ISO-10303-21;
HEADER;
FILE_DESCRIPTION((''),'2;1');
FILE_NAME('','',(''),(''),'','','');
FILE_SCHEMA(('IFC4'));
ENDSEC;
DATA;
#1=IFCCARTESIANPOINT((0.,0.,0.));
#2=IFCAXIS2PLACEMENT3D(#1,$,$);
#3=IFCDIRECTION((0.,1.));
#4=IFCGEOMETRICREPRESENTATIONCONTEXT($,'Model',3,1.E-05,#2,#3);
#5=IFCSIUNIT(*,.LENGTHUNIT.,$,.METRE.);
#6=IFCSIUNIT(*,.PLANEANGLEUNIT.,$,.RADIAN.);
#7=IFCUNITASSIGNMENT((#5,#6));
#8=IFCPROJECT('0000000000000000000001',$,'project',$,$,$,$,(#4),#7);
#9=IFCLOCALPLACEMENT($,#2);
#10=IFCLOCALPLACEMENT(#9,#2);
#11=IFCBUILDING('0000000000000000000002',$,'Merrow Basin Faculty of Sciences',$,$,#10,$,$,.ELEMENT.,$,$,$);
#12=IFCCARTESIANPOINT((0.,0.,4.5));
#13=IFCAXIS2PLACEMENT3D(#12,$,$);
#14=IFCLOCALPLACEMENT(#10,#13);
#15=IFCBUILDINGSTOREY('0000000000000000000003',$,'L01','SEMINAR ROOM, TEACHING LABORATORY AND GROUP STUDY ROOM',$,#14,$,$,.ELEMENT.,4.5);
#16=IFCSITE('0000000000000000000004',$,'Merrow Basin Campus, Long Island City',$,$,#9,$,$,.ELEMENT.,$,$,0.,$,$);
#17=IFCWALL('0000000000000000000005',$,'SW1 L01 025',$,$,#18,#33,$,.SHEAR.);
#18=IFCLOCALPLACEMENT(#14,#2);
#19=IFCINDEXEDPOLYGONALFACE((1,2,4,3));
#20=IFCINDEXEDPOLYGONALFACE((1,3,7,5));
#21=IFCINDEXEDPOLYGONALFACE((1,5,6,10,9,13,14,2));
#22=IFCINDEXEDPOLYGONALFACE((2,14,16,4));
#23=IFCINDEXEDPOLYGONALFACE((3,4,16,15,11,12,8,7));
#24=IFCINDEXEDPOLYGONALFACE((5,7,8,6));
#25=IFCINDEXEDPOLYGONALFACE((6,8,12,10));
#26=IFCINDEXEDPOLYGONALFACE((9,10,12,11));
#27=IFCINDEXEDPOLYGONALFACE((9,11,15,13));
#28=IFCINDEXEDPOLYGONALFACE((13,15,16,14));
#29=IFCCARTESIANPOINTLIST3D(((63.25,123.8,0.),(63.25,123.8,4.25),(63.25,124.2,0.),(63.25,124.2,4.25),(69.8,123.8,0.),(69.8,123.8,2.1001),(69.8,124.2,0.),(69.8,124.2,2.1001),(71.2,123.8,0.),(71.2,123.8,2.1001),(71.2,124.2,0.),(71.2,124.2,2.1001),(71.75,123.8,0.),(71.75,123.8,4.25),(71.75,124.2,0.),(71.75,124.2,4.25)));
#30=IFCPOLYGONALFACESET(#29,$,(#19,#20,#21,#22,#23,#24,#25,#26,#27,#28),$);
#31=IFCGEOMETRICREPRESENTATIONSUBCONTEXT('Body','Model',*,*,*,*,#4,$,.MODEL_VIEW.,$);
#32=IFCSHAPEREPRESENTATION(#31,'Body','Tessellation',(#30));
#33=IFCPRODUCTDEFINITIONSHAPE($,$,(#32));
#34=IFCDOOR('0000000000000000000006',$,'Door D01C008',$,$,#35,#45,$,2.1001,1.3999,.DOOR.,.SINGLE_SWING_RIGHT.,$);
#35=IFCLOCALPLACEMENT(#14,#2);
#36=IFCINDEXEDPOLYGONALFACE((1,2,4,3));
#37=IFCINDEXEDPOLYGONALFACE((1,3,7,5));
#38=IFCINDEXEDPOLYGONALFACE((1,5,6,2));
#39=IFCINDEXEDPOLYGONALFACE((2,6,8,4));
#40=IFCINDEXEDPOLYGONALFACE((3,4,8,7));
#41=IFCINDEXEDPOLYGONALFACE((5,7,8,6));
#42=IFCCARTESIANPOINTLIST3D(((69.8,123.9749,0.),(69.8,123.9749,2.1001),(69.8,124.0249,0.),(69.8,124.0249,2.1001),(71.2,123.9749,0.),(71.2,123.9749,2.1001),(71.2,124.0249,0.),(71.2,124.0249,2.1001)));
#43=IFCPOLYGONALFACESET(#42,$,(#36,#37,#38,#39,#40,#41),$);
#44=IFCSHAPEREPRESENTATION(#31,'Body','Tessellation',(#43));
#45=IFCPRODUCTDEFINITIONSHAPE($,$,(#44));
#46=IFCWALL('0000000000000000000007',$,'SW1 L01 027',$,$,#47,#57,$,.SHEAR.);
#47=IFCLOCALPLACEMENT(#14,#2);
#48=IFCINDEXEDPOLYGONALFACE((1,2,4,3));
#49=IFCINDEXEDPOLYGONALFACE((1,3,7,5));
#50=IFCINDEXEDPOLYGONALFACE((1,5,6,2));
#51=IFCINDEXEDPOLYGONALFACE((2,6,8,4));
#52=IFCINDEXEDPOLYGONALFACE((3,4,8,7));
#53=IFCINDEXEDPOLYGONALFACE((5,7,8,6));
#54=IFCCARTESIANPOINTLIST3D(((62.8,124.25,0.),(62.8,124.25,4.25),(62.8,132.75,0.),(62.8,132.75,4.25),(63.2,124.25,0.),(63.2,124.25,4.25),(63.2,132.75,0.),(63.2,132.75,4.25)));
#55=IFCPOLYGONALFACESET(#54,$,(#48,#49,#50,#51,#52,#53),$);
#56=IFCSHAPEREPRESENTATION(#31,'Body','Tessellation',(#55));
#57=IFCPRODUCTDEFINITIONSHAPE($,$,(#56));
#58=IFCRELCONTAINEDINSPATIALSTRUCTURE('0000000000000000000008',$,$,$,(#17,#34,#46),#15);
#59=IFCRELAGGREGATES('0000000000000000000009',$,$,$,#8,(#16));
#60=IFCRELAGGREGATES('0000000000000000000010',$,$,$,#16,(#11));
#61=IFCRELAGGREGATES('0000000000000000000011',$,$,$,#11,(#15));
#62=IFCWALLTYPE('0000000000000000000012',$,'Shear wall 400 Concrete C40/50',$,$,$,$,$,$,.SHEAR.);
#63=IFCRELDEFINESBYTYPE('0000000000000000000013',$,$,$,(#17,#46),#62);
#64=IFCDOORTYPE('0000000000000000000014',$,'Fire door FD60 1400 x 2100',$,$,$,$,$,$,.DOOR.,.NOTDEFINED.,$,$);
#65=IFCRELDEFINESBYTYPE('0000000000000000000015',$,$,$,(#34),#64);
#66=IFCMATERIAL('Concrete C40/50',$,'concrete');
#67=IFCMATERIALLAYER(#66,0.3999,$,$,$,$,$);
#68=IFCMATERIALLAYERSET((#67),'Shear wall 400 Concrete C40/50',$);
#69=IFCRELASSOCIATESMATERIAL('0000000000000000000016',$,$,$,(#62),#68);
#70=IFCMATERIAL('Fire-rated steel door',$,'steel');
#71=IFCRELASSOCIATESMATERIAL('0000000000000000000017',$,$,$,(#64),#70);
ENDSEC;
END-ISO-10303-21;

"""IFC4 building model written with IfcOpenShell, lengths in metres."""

from ifc_helpers import new_model, si_unit, direction, frame, frame_2d, origin, place, context, subcontext, project, spatial, rectangle, extrude, material, layer, layer_set, type_object, element, fill, save


model = new_model("IFC4")

# Units and contexts
model_context = context("Model", 3, precision=1e-05, world=origin(), true_north=direction((0.0, 1.0)))
body_context = subcontext(model_context, "Body", "Model", "MODEL_VIEW")
ifc_project = project(units=[si_unit("LENGTHUNIT", "METRE"), si_unit("PLANEANGLEUNIT", "RADIAN")], contexts=[model_context])

# Site, building, storey
site_placement = place(None, origin())
site = spatial("IfcSite", under=ifc_project, at=site_placement, Name="Merrow Basin Campus, Long Island City", CompositionType="ELEMENT", RefElevation=0.0)
building_placement = place(site_placement, origin())
building = spatial("IfcBuilding", under=site, at=building_placement, Name="Merrow Basin Faculty of Sciences", CompositionType="ELEMENT")
storey_placement = place(building_placement, frame((0.0, 0.0, 4.5)))
storey = spatial("IfcBuildingStorey", under=building, at=storey_placement, Name="L01", Description="SEMINAR ROOM, TEACHING LABORATORY AND GROUP STUDY ROOM", CompositionType="ELEMENT", Elevation=4.5)

# Wall, opening, door
ifc_material_1 = material(Name="Concrete C40/50", Category="concrete")
ifc_layer_1 = layer(ifc_material_1, 0.3999)
ifc_layer_set_1 = layer_set([ifc_layer_1], Name="Shear wall 400 Concrete C40/50")
wall_type_1 = type_object("IfcWallType", Name="Shear wall 400 Concrete C40/50", PredefinedType="SHEAR", material=ifc_layer_set_1)
wall_1_placement = place(storey_placement, frame((63.25, 124.0, 0.0), z_axis=(0.0, 0.0, 1.0), x_axis=(1.0, 0.0, 0.0)))
wall_1 = element("IfcWall", 1, at=wall_1_placement, inside=storey, type_object=wall_type_1, Name="SW1 L01 025", PredefinedType="SHEAR", context=body_context, shape_type="SweptSolid", body=[
    extrude(rectangle(XDim=8.5, YDim=0.3999, at=frame_2d((4.25, 0.0))), origin(), (0.0, 0.0, 1.0), 4.25),
])
opening_1_placement = place(wall_1_placement, frame((6.55, 0.0, 0.0)))
opening_1 = element("IfcOpeningElement", 2, at=opening_1_placement, cuts=wall_1, PredefinedType="OPENING", context=body_context, shape_type="SweptSolid", body=[
    extrude(rectangle(XDim=1.3999, YDim=2.1001, at=frame_2d((0.7, 1.05))), frame((0.0, 0.21, 0.0), z_axis=(0.0, -1.0, 0.0), x_axis=(1.0, 0.0, 0.0)), (0.0, 0.0, 1.0), 0.4199),
])
ifc_material_2 = material(Name="Fire-rated steel door", Category="steel")
door_type_1 = type_object("IfcDoorType", Name="Fire door FD60 1400 x 2100", OperationType="NOTDEFINED", PredefinedType="DOOR", material=ifc_material_2)
door_1_placement = place(opening_1_placement, origin())
door_1 = element("IfcDoor", 3, at=door_1_placement, inside=storey, type_object=door_type_1, Name="Door D01C008", OperationType="SINGLE_SWING_RIGHT", OverallHeight=2.1001, OverallWidth=1.3999, PredefinedType="DOOR", context=body_context, shape_type="SweptSolid", body=[
    extrude(rectangle(XDim=1.3999, YDim=2.1001, at=frame_2d((0.7, 1.05))), frame((0.0, 0.0249, 0.0), z_axis=(0.0, -1.0, 0.0), x_axis=(1.0, 0.0, 0.0)), (0.0, 0.0, 1.0), 0.05),
])
fill(opening_1, door_1)

# Wall
wall_2_placement = place(storey_placement, frame((63.0, 124.25, 0.0), z_axis=(0.0, 0.0, 1.0), x_axis=(0.0, 1.0, 0.0)))
element("IfcWall", 4, at=wall_2_placement, inside=storey, type_object=wall_type_1, Name="SW1 L01 027", PredefinedType="SHEAR", context=body_context, shape_type="SweptSolid", body=[
    extrude(rectangle(XDim=8.5, YDim=0.3999, at=frame_2d((4.25, 0.0))), origin(), (0.0, 0.0, 1.0), 4.25),
])

save(model, "model.ifc")
